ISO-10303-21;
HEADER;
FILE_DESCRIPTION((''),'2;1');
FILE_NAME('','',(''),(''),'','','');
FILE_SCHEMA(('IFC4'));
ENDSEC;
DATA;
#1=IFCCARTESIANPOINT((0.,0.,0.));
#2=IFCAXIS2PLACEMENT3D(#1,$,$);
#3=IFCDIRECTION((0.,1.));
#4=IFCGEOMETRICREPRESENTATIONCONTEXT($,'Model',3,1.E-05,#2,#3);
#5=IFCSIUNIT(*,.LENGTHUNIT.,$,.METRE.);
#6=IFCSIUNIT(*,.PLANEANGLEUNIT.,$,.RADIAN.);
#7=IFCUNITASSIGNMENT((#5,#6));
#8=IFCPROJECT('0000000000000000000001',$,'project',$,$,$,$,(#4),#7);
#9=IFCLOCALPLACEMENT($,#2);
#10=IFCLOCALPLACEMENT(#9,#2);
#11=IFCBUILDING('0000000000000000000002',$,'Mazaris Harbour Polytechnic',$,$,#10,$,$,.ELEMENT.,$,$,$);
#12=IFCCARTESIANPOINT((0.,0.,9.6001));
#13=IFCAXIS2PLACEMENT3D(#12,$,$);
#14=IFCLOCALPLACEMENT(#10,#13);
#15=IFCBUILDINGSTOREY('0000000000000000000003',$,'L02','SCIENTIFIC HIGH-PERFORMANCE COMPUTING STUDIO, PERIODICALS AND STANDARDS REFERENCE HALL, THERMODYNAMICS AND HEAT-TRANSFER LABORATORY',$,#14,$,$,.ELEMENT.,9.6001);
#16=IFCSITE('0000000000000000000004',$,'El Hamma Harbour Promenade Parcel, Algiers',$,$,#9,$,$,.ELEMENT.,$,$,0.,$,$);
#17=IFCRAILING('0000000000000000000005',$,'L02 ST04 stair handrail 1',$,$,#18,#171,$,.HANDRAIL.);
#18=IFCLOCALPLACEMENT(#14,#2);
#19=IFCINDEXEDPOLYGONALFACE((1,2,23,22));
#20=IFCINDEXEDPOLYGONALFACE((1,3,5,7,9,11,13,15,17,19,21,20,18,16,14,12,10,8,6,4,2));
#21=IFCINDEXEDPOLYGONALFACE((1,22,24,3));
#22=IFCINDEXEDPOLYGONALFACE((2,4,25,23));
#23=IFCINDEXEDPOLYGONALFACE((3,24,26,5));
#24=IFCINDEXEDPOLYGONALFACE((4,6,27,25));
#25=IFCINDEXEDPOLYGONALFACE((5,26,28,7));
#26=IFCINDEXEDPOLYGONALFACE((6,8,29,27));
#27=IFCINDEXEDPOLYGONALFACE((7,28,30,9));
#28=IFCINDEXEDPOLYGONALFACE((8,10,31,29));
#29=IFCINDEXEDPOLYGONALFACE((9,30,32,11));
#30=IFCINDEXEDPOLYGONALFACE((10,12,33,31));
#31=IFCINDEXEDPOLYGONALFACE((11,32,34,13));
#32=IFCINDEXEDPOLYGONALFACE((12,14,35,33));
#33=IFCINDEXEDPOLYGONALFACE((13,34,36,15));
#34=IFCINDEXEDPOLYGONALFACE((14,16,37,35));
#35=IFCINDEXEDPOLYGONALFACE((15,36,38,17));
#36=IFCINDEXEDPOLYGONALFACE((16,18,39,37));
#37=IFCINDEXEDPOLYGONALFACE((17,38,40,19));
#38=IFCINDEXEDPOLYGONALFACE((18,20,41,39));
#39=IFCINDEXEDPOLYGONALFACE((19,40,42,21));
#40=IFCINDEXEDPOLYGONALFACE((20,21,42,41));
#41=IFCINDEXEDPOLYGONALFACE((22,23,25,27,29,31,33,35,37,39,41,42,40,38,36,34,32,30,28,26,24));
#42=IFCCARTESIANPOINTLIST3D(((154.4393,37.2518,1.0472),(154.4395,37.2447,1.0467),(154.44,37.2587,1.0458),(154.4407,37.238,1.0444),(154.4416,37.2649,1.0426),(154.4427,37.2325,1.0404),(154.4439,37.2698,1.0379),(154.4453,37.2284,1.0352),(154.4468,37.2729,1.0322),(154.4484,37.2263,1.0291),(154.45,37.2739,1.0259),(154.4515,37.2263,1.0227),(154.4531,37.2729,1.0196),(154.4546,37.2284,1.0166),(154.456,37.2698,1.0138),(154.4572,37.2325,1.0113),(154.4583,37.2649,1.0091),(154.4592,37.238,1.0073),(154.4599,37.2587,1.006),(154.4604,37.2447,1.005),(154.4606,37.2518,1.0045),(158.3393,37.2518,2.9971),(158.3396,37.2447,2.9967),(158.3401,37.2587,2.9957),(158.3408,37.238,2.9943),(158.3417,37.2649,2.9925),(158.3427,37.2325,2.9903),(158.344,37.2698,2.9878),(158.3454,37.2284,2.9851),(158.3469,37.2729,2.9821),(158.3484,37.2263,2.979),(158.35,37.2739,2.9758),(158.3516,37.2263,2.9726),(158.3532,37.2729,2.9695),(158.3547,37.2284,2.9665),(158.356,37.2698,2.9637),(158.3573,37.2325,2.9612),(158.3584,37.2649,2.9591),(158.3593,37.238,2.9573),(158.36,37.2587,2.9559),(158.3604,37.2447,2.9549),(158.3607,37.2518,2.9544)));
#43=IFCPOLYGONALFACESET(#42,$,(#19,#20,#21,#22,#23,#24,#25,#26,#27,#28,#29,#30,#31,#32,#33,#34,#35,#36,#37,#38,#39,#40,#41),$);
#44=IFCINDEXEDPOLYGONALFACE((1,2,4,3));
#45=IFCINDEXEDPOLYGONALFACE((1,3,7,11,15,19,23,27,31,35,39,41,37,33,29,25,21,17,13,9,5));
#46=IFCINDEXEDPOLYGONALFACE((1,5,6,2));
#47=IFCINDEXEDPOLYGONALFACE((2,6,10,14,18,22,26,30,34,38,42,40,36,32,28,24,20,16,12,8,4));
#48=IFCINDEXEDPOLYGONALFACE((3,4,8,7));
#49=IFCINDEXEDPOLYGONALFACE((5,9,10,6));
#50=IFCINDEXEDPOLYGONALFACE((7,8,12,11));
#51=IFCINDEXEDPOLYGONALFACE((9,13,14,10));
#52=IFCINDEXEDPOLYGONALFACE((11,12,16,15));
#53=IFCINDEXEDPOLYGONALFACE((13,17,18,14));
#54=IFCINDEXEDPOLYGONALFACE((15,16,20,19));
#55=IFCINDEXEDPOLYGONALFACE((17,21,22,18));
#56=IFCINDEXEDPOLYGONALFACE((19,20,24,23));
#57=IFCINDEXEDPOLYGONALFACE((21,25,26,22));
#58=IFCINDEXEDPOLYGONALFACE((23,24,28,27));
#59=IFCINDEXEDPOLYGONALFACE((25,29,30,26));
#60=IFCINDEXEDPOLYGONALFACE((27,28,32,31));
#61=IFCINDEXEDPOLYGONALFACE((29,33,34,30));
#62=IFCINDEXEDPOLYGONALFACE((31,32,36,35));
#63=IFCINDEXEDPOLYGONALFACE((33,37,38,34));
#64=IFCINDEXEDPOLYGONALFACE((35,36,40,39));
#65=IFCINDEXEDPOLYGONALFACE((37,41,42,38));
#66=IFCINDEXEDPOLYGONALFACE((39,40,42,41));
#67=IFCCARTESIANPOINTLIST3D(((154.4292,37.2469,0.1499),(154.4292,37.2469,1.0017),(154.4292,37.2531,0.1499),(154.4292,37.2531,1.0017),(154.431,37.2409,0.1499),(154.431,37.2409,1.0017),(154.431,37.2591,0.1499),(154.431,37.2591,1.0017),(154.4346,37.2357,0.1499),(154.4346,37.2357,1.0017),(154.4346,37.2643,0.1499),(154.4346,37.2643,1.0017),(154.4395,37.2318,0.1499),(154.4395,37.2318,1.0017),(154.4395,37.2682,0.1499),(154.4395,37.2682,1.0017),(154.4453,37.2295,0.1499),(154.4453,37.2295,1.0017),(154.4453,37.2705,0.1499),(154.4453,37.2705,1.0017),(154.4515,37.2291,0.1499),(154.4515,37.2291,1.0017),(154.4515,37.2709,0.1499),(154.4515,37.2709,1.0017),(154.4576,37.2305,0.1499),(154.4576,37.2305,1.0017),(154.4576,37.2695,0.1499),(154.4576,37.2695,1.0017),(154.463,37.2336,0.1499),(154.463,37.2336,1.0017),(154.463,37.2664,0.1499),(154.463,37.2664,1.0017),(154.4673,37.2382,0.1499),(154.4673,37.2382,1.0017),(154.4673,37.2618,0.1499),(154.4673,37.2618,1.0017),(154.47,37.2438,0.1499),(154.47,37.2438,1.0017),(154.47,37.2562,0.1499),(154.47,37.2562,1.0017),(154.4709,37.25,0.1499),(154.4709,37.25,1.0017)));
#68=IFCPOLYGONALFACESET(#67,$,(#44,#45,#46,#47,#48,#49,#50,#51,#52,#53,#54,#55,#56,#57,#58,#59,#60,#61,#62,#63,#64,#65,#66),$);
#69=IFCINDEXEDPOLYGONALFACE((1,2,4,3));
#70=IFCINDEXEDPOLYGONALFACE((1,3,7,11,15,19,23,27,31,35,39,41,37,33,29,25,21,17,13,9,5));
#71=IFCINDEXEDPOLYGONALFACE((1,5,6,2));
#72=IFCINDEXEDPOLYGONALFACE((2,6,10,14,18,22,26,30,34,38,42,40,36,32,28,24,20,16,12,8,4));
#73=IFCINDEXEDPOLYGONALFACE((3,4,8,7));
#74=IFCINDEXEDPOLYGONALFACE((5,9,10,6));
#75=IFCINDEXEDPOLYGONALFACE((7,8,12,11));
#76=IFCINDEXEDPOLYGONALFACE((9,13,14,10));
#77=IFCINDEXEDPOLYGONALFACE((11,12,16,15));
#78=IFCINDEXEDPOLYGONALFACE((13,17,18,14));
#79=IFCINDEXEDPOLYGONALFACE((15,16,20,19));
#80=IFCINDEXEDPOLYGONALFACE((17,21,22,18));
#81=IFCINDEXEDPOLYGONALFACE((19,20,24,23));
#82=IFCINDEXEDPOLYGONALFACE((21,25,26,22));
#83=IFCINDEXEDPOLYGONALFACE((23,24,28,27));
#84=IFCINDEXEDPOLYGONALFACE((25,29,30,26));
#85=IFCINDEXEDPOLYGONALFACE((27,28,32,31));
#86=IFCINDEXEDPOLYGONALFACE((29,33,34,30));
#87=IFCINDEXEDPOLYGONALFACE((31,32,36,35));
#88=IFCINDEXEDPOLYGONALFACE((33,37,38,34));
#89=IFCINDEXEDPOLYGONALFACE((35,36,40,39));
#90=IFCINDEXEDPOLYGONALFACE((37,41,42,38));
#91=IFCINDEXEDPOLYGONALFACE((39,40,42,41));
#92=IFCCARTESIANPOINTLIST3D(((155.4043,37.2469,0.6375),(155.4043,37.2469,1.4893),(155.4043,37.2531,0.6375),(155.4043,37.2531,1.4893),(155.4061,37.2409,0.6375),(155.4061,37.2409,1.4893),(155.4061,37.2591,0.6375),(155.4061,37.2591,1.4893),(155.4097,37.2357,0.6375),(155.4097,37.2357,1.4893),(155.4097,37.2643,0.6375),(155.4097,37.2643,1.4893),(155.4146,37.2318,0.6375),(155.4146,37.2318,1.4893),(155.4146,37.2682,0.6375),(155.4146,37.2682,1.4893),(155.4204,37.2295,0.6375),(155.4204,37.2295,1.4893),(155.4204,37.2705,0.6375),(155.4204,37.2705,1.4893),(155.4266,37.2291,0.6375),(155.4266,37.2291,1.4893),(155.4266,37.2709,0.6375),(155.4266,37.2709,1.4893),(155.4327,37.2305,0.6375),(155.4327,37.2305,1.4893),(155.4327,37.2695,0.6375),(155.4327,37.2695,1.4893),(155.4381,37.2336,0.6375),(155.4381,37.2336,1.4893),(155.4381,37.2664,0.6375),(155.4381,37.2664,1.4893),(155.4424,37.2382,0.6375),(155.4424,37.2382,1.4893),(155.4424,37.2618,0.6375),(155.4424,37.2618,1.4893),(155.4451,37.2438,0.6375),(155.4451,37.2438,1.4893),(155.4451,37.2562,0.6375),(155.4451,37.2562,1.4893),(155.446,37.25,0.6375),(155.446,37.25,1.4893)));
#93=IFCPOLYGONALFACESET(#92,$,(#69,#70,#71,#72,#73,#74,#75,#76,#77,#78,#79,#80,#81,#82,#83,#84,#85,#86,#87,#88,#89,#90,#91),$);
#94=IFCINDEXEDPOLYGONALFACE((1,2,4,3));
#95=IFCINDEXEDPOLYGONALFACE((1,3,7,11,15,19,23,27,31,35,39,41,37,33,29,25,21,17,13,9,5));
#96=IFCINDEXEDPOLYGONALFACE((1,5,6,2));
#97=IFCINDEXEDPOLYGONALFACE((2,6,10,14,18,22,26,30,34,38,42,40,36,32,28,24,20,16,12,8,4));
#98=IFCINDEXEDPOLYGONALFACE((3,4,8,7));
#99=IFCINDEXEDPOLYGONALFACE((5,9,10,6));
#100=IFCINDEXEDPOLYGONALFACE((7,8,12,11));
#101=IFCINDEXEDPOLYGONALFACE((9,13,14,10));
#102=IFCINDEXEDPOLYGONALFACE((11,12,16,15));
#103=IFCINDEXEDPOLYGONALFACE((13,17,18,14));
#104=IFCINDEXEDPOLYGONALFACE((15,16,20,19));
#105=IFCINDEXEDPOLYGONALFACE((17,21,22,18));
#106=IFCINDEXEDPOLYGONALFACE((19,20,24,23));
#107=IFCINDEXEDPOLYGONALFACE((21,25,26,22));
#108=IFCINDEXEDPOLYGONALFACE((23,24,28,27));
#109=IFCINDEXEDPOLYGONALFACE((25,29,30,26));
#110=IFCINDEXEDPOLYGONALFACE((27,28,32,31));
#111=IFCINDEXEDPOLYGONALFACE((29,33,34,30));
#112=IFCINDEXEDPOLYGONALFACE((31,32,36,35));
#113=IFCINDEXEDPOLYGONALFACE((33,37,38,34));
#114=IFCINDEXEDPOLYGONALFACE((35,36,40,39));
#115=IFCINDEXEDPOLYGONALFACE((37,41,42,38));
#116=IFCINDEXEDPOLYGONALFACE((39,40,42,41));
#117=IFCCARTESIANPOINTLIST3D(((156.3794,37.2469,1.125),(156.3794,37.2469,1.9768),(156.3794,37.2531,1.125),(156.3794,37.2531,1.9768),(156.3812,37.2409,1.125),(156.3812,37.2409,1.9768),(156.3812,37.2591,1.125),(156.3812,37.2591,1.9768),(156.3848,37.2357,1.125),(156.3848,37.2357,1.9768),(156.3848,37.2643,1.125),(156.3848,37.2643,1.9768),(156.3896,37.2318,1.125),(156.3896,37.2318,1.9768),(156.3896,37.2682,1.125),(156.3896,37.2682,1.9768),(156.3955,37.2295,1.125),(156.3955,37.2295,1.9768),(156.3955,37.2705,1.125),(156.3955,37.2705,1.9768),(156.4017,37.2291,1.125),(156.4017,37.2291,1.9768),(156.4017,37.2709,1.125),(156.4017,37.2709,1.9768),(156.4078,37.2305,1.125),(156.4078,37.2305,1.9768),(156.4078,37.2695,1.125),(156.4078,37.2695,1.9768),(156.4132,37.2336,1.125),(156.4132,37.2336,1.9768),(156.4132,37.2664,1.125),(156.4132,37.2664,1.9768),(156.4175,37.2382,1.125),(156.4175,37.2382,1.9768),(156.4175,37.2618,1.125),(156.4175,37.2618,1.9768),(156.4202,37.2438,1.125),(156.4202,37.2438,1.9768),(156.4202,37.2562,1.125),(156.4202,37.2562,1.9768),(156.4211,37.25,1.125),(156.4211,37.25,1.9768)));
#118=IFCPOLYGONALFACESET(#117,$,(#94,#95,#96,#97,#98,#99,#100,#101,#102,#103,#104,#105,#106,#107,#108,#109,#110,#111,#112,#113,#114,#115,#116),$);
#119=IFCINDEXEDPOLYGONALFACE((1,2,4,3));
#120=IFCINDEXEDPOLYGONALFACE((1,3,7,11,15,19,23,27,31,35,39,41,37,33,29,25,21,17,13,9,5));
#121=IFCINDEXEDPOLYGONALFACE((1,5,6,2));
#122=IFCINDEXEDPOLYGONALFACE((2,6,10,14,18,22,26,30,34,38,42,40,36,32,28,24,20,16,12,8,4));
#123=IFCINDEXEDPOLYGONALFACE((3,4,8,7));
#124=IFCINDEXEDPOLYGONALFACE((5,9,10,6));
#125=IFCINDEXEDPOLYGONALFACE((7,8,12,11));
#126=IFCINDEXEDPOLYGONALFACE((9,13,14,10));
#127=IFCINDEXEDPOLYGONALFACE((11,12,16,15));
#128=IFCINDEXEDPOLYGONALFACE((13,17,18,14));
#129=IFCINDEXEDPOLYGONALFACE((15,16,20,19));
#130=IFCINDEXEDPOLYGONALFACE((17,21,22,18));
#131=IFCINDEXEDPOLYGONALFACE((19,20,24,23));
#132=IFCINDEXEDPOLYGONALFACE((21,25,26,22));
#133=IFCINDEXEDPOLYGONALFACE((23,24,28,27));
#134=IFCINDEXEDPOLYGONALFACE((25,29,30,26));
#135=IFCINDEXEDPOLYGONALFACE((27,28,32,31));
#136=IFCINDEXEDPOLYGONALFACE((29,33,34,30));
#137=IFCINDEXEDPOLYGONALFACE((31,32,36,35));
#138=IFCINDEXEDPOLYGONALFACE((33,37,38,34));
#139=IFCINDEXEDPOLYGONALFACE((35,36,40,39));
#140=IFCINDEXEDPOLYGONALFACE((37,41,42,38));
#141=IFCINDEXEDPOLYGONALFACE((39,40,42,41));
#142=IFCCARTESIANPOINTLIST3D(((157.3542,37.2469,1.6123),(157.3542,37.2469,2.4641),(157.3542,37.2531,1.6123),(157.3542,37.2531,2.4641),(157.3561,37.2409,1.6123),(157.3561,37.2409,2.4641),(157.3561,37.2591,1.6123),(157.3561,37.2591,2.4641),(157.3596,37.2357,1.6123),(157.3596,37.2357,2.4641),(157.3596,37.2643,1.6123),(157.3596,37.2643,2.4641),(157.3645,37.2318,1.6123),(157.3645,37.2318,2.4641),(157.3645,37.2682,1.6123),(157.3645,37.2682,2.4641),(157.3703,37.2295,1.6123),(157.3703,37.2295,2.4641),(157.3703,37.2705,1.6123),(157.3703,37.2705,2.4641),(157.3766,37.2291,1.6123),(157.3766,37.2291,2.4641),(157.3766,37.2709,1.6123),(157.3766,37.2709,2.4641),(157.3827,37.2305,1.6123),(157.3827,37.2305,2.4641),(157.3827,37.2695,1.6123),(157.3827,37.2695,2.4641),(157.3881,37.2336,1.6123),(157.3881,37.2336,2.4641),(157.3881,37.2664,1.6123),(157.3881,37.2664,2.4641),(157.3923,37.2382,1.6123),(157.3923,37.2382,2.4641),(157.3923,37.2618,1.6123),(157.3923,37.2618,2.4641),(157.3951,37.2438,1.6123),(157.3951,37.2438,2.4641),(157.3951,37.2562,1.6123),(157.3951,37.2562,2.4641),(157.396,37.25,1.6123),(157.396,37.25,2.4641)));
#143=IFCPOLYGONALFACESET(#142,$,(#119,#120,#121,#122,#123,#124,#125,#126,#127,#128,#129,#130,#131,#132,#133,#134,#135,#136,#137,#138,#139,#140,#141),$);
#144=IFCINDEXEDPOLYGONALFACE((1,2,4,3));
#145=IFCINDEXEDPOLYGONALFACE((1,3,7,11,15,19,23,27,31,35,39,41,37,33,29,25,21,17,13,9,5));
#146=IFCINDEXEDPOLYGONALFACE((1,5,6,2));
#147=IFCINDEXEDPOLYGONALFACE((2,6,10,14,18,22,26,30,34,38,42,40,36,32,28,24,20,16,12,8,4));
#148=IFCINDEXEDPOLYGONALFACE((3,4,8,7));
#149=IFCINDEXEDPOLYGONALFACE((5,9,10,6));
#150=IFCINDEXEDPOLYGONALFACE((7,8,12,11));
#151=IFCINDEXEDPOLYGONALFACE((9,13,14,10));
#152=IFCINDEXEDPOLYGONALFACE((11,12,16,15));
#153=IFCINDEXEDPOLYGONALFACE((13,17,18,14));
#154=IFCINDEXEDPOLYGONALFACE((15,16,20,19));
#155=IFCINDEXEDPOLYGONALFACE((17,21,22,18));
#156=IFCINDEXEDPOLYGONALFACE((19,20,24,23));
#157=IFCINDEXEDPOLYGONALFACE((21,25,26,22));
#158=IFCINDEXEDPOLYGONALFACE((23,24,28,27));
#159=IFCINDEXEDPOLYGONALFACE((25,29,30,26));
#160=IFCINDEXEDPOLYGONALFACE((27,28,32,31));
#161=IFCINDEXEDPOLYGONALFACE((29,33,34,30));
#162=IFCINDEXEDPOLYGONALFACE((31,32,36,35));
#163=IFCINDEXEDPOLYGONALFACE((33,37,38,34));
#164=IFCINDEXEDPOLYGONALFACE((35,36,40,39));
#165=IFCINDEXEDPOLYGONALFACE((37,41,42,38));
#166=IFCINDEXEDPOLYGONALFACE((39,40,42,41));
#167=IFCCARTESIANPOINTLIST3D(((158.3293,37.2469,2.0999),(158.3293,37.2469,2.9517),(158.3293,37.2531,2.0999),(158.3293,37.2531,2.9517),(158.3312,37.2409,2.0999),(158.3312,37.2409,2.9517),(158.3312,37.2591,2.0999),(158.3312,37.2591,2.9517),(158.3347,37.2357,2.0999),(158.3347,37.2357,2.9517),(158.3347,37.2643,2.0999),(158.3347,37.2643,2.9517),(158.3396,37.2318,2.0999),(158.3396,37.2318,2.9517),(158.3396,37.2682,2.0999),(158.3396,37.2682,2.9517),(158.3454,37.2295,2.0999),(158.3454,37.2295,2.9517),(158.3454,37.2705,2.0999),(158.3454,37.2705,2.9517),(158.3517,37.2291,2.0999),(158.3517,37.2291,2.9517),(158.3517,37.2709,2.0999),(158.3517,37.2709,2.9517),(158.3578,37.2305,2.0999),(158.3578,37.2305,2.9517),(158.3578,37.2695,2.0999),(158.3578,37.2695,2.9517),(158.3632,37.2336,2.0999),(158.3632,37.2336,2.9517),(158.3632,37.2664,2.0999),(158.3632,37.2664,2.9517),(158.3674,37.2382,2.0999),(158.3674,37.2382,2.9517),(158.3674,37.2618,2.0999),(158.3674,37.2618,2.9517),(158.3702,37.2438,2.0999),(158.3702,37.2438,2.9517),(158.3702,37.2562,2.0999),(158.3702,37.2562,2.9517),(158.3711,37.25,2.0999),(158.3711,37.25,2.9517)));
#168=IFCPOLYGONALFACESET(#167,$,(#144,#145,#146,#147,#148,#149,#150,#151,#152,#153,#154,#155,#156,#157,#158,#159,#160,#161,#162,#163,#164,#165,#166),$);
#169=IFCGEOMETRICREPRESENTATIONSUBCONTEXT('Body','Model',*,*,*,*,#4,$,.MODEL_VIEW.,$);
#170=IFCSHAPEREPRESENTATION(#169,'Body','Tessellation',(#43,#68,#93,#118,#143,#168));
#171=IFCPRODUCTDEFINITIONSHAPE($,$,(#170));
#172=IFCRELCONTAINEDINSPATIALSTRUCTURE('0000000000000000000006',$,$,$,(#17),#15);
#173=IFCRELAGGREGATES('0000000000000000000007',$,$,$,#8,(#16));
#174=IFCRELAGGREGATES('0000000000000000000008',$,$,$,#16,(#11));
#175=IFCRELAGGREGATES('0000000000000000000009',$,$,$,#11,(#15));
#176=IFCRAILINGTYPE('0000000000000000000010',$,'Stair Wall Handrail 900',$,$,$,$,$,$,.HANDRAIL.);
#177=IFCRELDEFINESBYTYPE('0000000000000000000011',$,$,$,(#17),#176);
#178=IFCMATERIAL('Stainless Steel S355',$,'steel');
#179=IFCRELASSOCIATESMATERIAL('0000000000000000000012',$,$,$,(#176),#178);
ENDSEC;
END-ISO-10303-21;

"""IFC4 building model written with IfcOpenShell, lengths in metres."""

from ifc_helpers import new_model, si_unit, direction, frame, origin, origin_2d, place, context, subcontext, project, spatial, circle, extrude, material, type_object, element, save


model = new_model("IFC4")

# Units and contexts
model_context = context("Model", 3, precision=1e-05, world=origin(), true_north=direction((0.0, 1.0)))
body_context = subcontext(model_context, "Body", "Model", "MODEL_VIEW")
ifc_project = project(units=[si_unit("LENGTHUNIT", "METRE"), si_unit("PLANEANGLEUNIT", "RADIAN")], contexts=[model_context])

# Site, building, storey
site_placement = place(None, origin())
site = spatial("IfcSite", under=ifc_project, at=site_placement, Name="El Hamma Harbour Promenade Parcel, Algiers", CompositionType="ELEMENT", RefElevation=0.0)
building_placement = place(site_placement, origin())
building = spatial("IfcBuilding", under=site, at=building_placement, Name="Mazaris Harbour Polytechnic", CompositionType="ELEMENT")
storey_placement = place(building_placement, frame((0.0, 0.0, 9.6001)))
storey = spatial("IfcBuildingStorey", under=building, at=storey_placement, Name="L02", Description="SCIENTIFIC HIGH-PERFORMANCE COMPUTING STUDIO, PERIODICALS AND STANDARDS REFERENCE HALL, THERMODYNAMICS AND HEAT-TRANSFER LABORATORY", CompositionType="ELEMENT", Elevation=9.6001)

# Railing
ifc_material_1 = material(Name="Stainless Steel S355", Category="steel")
railing_type_1 = type_object("IfcRailingType", Name="Stair Wall Handrail 900", PredefinedType="HANDRAIL", material=ifc_material_1)
railing_1_placement = place(storey_placement, frame((154.45, 37.25, 0.1499)))
element("IfcRailing", 1, at=railing_1_placement, inside=storey, type_object=railing_type_1, Name="L02 ST04 stair handrail 1", PredefinedType="HANDRAIL", context=body_context, shape_type="SweptSolid", body=[
    extrude(circle(Radius=0.0239, at=origin_2d()), frame((0.0, 0.0, 0.876), z_axis=(0.894438, 0.0, 0.447191), x_axis=(0.0, 1.0, 0.0)), (0.0, 0.0, 1.0), 4.3604),
    extrude(circle(Radius=0.021, at=origin_2d()), origin(), (0.0, 0.0, 1.0), 0.8518),
    extrude(circle(Radius=0.021, at=origin_2d()), frame((0.9751, 0.0, 0.4875)), (0.0, 0.0, 1.0), 0.8518),
    extrude(circle(Radius=0.021, at=origin_2d()), frame((1.9502, 0.0, 0.9751)), (0.0, 0.0, 1.0), 0.8518),
    extrude(circle(Radius=0.021, at=origin_2d()), frame((2.925, 0.0, 1.4624)), (0.0, 0.0, 1.0), 0.8518),
    extrude(circle(Radius=0.021, at=origin_2d()), frame((3.9001, 0.0, 1.95)), (0.0, 0.0, 1.0), 0.8518),
])

save(model, "model.ifc")
